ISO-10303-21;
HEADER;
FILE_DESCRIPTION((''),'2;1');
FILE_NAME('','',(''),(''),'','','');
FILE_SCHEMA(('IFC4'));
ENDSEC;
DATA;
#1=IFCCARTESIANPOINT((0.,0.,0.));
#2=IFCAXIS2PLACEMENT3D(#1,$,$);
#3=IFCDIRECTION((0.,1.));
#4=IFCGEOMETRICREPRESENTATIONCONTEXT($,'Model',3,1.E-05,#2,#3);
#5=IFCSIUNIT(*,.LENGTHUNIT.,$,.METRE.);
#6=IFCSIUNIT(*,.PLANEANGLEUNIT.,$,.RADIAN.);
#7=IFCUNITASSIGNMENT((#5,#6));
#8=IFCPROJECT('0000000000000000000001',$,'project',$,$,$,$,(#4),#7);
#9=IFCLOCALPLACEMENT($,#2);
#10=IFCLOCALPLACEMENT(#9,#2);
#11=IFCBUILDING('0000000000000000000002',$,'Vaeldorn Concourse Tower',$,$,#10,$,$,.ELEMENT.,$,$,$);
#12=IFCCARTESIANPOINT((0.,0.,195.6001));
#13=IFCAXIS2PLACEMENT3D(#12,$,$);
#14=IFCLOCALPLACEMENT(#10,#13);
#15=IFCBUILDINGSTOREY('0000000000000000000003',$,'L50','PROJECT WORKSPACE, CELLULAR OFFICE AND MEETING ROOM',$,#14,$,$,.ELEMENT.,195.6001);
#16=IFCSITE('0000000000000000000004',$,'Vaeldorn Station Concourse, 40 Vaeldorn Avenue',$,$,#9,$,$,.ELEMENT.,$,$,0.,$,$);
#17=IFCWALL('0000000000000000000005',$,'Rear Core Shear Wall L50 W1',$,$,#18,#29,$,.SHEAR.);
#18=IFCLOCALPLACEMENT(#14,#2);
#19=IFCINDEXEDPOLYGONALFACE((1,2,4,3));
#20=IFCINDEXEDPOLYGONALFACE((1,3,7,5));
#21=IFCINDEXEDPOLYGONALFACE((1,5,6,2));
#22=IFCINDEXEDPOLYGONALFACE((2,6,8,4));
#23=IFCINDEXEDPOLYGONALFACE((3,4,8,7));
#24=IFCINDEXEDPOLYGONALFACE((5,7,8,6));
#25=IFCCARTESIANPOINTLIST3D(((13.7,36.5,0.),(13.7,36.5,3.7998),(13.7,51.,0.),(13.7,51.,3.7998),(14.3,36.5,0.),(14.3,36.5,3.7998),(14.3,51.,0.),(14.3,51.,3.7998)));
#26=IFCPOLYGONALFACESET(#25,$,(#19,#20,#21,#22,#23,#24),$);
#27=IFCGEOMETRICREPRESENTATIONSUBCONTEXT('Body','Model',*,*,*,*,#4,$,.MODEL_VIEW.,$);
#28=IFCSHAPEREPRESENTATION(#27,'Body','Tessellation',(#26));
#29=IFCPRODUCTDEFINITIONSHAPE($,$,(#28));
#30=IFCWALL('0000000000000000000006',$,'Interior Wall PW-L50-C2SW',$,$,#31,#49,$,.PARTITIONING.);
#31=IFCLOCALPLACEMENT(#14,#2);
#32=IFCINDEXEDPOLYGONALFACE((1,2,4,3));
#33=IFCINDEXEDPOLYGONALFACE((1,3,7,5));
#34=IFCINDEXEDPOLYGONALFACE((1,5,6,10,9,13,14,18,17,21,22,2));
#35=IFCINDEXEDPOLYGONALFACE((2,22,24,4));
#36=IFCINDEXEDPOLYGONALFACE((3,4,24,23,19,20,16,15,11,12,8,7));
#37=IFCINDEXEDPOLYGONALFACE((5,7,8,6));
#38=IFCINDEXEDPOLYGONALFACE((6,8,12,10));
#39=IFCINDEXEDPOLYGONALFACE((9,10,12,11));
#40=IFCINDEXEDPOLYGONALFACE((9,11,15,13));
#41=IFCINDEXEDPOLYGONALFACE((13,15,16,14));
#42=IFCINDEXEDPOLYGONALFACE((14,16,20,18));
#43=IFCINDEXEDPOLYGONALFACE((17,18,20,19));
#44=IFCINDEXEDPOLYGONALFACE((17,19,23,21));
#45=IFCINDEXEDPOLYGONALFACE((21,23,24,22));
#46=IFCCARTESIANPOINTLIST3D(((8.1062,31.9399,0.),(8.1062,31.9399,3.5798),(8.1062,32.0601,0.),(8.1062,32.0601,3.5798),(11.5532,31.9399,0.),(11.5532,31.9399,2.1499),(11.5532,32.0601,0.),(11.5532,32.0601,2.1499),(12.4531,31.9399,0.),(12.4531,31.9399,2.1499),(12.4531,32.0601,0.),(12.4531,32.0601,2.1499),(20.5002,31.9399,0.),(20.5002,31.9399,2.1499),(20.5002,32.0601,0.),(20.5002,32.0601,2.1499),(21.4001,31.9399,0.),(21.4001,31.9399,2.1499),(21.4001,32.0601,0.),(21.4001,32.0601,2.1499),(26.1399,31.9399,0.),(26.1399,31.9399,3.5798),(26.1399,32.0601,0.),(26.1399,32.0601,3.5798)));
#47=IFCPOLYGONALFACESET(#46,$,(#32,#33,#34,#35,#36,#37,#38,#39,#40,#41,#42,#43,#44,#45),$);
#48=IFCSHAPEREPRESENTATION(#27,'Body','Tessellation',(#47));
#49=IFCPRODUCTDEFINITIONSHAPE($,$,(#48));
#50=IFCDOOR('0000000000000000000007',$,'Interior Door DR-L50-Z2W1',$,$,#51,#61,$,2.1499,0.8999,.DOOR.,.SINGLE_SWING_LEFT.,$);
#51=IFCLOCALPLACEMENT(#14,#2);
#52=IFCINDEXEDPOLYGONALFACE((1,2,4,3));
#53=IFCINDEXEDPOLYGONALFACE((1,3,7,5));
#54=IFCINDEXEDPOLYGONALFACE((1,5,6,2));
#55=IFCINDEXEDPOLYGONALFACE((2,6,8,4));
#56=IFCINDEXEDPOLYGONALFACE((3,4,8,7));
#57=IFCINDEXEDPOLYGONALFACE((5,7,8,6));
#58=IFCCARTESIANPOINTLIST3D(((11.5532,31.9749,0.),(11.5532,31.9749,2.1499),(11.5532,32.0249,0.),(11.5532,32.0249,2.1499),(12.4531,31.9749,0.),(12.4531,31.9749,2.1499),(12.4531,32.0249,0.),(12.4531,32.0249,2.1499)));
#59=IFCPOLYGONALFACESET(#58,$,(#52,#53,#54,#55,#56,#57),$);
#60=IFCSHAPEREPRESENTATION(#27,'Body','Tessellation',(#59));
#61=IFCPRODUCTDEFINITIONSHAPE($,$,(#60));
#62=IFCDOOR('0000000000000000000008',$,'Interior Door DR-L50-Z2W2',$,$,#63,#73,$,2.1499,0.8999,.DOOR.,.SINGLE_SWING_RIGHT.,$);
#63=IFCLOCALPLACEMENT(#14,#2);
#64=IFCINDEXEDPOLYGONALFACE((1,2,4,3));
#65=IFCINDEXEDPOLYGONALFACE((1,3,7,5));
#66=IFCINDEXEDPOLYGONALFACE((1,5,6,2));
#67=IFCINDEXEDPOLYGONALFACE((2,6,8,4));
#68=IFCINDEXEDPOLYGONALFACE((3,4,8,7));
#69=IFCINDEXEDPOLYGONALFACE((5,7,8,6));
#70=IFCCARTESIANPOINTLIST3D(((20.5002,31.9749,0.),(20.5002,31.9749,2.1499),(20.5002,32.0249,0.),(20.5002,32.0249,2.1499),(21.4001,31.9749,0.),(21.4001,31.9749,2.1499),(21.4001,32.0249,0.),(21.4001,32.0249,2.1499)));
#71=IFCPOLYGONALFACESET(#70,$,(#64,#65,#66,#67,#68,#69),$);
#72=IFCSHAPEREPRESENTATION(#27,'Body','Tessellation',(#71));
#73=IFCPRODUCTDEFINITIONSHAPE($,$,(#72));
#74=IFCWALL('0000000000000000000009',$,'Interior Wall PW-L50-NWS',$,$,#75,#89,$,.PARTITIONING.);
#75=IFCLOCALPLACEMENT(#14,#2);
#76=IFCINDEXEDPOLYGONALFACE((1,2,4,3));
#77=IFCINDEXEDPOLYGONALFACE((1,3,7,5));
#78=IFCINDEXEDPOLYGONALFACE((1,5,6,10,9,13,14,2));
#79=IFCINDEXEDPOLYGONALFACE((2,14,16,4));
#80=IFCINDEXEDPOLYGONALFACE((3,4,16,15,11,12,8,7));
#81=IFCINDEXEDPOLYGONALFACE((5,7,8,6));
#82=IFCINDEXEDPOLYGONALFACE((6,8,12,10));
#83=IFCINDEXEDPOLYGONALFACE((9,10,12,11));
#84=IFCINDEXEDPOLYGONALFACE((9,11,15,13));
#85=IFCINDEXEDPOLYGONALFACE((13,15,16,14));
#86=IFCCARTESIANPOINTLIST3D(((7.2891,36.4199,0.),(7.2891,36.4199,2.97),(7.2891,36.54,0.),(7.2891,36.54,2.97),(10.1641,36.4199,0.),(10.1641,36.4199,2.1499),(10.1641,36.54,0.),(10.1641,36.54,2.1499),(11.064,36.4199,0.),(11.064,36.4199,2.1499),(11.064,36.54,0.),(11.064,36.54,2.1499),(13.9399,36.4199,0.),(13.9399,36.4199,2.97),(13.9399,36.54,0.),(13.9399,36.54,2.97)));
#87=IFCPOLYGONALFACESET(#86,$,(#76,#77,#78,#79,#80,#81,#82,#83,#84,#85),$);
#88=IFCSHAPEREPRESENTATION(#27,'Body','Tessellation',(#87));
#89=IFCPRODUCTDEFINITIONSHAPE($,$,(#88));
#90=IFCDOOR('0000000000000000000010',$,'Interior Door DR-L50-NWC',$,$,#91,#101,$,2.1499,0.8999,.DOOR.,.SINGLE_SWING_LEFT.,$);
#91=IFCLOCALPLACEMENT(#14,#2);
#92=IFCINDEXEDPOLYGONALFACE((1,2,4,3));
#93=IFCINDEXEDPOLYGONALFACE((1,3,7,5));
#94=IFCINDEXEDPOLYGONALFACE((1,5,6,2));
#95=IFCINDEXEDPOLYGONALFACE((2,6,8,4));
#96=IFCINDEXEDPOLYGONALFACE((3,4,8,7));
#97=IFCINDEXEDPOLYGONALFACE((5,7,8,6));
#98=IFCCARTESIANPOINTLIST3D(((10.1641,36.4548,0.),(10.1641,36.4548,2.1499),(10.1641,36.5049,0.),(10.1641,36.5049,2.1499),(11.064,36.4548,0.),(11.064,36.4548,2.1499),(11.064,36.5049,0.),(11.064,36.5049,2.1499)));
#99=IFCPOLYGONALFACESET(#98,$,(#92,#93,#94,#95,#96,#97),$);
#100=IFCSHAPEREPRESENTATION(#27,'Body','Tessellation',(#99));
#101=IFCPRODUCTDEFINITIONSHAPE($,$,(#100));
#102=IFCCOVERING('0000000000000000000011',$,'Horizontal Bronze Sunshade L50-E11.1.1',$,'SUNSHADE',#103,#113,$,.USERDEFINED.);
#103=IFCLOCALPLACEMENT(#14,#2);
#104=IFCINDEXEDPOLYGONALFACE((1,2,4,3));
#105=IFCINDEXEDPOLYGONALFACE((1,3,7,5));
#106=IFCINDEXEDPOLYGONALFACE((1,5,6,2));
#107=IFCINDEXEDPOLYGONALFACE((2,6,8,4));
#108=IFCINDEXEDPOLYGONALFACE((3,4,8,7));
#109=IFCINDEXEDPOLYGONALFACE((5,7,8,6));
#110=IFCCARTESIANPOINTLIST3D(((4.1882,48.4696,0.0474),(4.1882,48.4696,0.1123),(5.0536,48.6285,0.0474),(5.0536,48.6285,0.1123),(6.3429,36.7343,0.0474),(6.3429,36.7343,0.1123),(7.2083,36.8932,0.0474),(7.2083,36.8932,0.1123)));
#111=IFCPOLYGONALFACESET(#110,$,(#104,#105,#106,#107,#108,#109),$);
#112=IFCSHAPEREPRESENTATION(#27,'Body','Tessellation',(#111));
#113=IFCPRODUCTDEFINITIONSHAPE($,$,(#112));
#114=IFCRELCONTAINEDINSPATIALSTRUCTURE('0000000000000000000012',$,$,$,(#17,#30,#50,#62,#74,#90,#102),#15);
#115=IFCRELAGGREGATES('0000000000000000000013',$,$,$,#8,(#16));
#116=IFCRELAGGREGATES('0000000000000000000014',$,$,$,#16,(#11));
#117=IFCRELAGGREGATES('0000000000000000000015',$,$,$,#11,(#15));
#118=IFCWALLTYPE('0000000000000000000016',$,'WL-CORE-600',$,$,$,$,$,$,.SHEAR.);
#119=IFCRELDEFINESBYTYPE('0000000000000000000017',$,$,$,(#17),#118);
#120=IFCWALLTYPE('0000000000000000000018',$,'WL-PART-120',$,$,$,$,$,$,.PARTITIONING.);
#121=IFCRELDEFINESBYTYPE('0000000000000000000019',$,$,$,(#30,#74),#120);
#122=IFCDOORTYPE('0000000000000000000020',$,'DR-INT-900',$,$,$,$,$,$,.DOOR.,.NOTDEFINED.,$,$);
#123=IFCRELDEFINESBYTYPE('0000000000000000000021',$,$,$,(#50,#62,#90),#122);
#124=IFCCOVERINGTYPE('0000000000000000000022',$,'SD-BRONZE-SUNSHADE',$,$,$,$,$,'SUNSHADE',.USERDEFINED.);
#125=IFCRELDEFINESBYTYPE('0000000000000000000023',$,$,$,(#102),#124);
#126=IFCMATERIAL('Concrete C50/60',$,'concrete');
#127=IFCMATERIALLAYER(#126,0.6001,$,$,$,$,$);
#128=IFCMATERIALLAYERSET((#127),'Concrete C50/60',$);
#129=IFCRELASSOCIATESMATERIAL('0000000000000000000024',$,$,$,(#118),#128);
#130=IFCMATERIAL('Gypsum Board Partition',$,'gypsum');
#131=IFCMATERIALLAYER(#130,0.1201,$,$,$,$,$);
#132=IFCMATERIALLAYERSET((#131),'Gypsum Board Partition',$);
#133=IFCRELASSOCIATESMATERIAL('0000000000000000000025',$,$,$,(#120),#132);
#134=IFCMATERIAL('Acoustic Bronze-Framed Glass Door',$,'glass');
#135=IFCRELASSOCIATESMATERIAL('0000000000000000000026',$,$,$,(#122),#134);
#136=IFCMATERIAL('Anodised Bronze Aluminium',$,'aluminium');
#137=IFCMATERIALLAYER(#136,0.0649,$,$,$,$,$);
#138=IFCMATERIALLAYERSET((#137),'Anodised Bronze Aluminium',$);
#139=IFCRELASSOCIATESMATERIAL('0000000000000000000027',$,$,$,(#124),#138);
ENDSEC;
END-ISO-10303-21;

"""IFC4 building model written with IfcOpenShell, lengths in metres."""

from ifc_helpers import new_model, si_unit, direction, frame, frame_2d, origin, origin_2d, place, context, subcontext, project, spatial, rectangle, extrude, source, transform, mapped, material, layer, layer_set, type_object, element, fill, save


model = new_model("IFC4")

# Units and contexts
model_context = context("Model", 3, precision=1e-05, world=origin(), true_north=direction((0.0, 1.0)))
body_context = subcontext(model_context, "Body", "Model", "MODEL_VIEW")
ifc_project = project(units=[si_unit("LENGTHUNIT", "METRE"), si_unit("PLANEANGLEUNIT", "RADIAN")], contexts=[model_context])

# Site, building, storey
site_placement = place(None, origin())
site = spatial("IfcSite", under=ifc_project, at=site_placement, Name="Vaeldorn Station Concourse, 40 Vaeldorn Avenue", CompositionType="ELEMENT", RefElevation=0.0)
building_placement = place(site_placement, origin())
building = spatial("IfcBuilding", under=site, at=building_placement, Name="Vaeldorn Concourse Tower", CompositionType="ELEMENT")
storey_placement = place(building_placement, frame((0.0, 0.0, 195.6001)))
storey = spatial("IfcBuildingStorey", under=building, at=storey_placement, Name="L50", Description="PROJECT WORKSPACE, CELLULAR OFFICE AND MEETING ROOM", CompositionType="ELEMENT", Elevation=195.6001)

# Shared definitions
ifc_material_1 = material(Name="Concrete C50/60", Category="concrete")

# Shared definitions
ifc_material_2 = material(Name="Anodised Bronze Aluminium", Category="aluminium")

# Wall
ifc_layer_1 = layer(ifc_material_1, 0.6001)
ifc_layer_set_1 = layer_set([ifc_layer_1], Name="Concrete C50/60")
wall_type_1 = type_object("IfcWallType", Name="WL-CORE-600", PredefinedType="SHEAR", material=ifc_layer_set_1)
wall_1_placement = place(storey_placement, frame((14.0, 36.5, 0.0), z_axis=(0.0, 0.0, 1.0), x_axis=(0.0, 1.0, 0.0)))
element("IfcWall", 1, at=wall_1_placement, inside=storey, type_object=wall_type_1, Name="Rear Core Shear Wall L50 W1", PredefinedType="SHEAR", context=body_context, shape_type="SweptSolid", body=[
    extrude(rectangle(XDim=14.5, YDim=0.6001, at=frame_2d((7.25, 0.0))), origin(), (0.0, 0.0, 1.0), 3.7998),
])

# Wall, openings, doors
ifc_material_3 = material(Name="Gypsum Board Partition", Category="gypsum")
ifc_layer_2 = layer(ifc_material_3, 0.1201)
ifc_layer_set_2 = layer_set([ifc_layer_2], Name="Gypsum Board Partition")
wall_type_2 = type_object("IfcWallType", Name="WL-PART-120", PredefinedType="PARTITIONING", material=ifc_layer_set_2)
wall_2_placement = place(storey_placement, frame((8.1062, 32.0, 0.0), z_axis=(0.0, 0.0, 1.0), x_axis=(1.0, 0.0, 0.0)))
wall_2 = element("IfcWall", 2, at=wall_2_placement, inside=storey, type_object=wall_type_2, Name="Interior Wall PW-L50-C2SW", PredefinedType="PARTITIONING", context=body_context, shape_type="SweptSolid", body=[
    extrude(rectangle(XDim=18.0337, YDim=0.1201, at=frame_2d((9.0168, 0.0))), origin(), (0.0, 0.0, 1.0), 3.5798),
])
opening_1_placement = place(wall_2_placement, frame((3.447, 0.0, 0.0)))
opening_1 = element("IfcOpeningElement", 3, at=opening_1_placement, cuts=wall_2, PredefinedType="OPENING", context=body_context, shape_type="SweptSolid", body=[
    extrude(rectangle(XDim=0.8999, YDim=2.1499, at=frame_2d((0.45, 1.075))), frame((0.0, 0.0701, 0.0), z_axis=(0.0, -1.0, 0.0), x_axis=(1.0, 0.0, 0.0)), (0.0, 0.0, 1.0), 0.1401),
])
opening_2_placement = place(wall_2_placement, frame((12.394, 0.0, 0.0)))
opening_2 = element("IfcOpeningElement", 4, at=opening_2_placement, cuts=wall_2, PredefinedType="OPENING", context=body_context, shape_type="SweptSolid", body=[
    extrude(rectangle(XDim=0.8999, YDim=2.1499, at=frame_2d((0.45, 1.075))), frame((0.0, 0.0701, 0.0), z_axis=(0.0, -1.0, 0.0), x_axis=(1.0, 0.0, 0.0)), (0.0, 0.0, 1.0), 0.1401),
])
ifc_material_4 = material(Name="Acoustic Bronze-Framed Glass Door", Category="glass")
door_type = type_object("IfcDoorType", Name="DR-INT-900", OperationType="NOTDEFINED", PredefinedType="DOOR", material=ifc_material_4)
shared_shape_1 = source(origin(), body_context, "Body", "SweptSolid", [
    extrude(rectangle(XDim=0.8999, YDim=2.1499, at=frame_2d((0.45, 1.075))), frame((0.0, 0.0249, 0.0), z_axis=(0.0, -1.0, 0.0), x_axis=(1.0, 0.0, 0.0)), (0.0, 0.0, 1.0), 0.05),
])
door_1_placement = place(opening_1_placement, origin())
door_1 = element("IfcDoor", 5, at=door_1_placement, inside=storey, type_object=door_type, Name="Interior Door DR-L50-Z2W1", OperationType="SINGLE_SWING_LEFT", OverallHeight=2.1499, OverallWidth=0.8999, PredefinedType="DOOR", context=body_context, shape_type="MappedRepresentation", body=[
    mapped(shared_shape_1, transform((0.0, 0.0, 0.0), scale=1.0)),
])
fill(opening_1, door_1)
door_2_placement = place(opening_2_placement, origin())
door_2 = element("IfcDoor", 6, at=door_2_placement, inside=storey, type_object=door_type, Name="Interior Door DR-L50-Z2W2", OperationType="SINGLE_SWING_RIGHT", OverallHeight=2.1499, OverallWidth=0.8999, PredefinedType="DOOR", context=body_context, shape_type="MappedRepresentation", body=[
    mapped(shared_shape_1, transform((0.0, 0.0, 0.0), scale=1.0)),
])
fill(opening_2, door_2)

# Wall, opening, door
wall_3_placement = place(storey_placement, frame((7.2891, 36.48, 0.0), z_axis=(0.0, 0.0, 1.0), x_axis=(1.0, 0.0, 0.0)))
wall_3 = element("IfcWall", 7, at=wall_3_placement, inside=storey, type_object=wall_type_2, Name="Interior Wall PW-L50-NWS", PredefinedType="PARTITIONING", context=body_context, shape_type="SweptSolid", body=[
    extrude(rectangle(XDim=6.6509, YDim=0.1201, at=frame_2d((3.3254, 0.0))), origin(), (0.0, 0.0, 1.0), 2.97),
])
opening_3_placement = place(wall_3_placement, frame((2.875, 0.0, 0.0)))
opening_3 = element("IfcOpeningElement", 8, at=opening_3_placement, cuts=wall_3, PredefinedType="OPENING", context=body_context, shape_type="SweptSolid", body=[
    extrude(rectangle(XDim=0.8999, YDim=2.1499, at=frame_2d((0.45, 1.075))), frame((0.0, 0.0701, 0.0), z_axis=(0.0, -1.0, 0.0), x_axis=(1.0, 0.0, 0.0)), (0.0, 0.0, 1.0), 0.1401),
])
door_3_placement = place(opening_3_placement, origin())
door_3 = element("IfcDoor", 9, at=door_3_placement, inside=storey, type_object=door_type, Name="Interior Door DR-L50-NWC", OperationType="SINGLE_SWING_LEFT", OverallHeight=2.1499, OverallWidth=0.8999, PredefinedType="DOOR", context=body_context, shape_type="MappedRepresentation", body=[
    mapped(shared_shape_1, transform((0.0, 0.0, 0.0), scale=1.0)),
])
fill(opening_3, door_3)

# Covering
ifc_layer_3 = layer(ifc_material_2, 0.0649)
ifc_layer_set_3 = layer_set([ifc_layer_3], Name="Anodised Bronze Aluminium")
covering_type = type_object("IfcCoveringType", Name="SD-BRONZE-SUNSHADE", ElementType="SUNSHADE", PredefinedType="USERDEFINED", material=ifc_layer_set_3)
shared_shape_2 = source(origin(), body_context, "Body", "SweptSolid", [
    extrude(rectangle(XDim=11.9314, YDim=0.8799, at=origin_2d()), origin(), (0.0, 0.0, 1.0), 0.0649),
])
covering_placement = place(storey_placement, frame((5.6982, 42.6814, 0.0474), z_axis=(0.0, 0.0, 1.0), x_axis=(0.180588, -0.983559, 0.0)))
element("IfcCovering", 10, at=covering_placement, inside=storey, type_object=covering_type, Name="Horizontal Bronze Sunshade L50-E11.1.1", ObjectType="SUNSHADE", PredefinedType="USERDEFINED", context=body_context, shape_type="MappedRepresentation", body=[
    mapped(shared_shape_2, transform((0.0, 0.0, 0.0), scale=1.0)),
])

save(model, "model.ifc")
